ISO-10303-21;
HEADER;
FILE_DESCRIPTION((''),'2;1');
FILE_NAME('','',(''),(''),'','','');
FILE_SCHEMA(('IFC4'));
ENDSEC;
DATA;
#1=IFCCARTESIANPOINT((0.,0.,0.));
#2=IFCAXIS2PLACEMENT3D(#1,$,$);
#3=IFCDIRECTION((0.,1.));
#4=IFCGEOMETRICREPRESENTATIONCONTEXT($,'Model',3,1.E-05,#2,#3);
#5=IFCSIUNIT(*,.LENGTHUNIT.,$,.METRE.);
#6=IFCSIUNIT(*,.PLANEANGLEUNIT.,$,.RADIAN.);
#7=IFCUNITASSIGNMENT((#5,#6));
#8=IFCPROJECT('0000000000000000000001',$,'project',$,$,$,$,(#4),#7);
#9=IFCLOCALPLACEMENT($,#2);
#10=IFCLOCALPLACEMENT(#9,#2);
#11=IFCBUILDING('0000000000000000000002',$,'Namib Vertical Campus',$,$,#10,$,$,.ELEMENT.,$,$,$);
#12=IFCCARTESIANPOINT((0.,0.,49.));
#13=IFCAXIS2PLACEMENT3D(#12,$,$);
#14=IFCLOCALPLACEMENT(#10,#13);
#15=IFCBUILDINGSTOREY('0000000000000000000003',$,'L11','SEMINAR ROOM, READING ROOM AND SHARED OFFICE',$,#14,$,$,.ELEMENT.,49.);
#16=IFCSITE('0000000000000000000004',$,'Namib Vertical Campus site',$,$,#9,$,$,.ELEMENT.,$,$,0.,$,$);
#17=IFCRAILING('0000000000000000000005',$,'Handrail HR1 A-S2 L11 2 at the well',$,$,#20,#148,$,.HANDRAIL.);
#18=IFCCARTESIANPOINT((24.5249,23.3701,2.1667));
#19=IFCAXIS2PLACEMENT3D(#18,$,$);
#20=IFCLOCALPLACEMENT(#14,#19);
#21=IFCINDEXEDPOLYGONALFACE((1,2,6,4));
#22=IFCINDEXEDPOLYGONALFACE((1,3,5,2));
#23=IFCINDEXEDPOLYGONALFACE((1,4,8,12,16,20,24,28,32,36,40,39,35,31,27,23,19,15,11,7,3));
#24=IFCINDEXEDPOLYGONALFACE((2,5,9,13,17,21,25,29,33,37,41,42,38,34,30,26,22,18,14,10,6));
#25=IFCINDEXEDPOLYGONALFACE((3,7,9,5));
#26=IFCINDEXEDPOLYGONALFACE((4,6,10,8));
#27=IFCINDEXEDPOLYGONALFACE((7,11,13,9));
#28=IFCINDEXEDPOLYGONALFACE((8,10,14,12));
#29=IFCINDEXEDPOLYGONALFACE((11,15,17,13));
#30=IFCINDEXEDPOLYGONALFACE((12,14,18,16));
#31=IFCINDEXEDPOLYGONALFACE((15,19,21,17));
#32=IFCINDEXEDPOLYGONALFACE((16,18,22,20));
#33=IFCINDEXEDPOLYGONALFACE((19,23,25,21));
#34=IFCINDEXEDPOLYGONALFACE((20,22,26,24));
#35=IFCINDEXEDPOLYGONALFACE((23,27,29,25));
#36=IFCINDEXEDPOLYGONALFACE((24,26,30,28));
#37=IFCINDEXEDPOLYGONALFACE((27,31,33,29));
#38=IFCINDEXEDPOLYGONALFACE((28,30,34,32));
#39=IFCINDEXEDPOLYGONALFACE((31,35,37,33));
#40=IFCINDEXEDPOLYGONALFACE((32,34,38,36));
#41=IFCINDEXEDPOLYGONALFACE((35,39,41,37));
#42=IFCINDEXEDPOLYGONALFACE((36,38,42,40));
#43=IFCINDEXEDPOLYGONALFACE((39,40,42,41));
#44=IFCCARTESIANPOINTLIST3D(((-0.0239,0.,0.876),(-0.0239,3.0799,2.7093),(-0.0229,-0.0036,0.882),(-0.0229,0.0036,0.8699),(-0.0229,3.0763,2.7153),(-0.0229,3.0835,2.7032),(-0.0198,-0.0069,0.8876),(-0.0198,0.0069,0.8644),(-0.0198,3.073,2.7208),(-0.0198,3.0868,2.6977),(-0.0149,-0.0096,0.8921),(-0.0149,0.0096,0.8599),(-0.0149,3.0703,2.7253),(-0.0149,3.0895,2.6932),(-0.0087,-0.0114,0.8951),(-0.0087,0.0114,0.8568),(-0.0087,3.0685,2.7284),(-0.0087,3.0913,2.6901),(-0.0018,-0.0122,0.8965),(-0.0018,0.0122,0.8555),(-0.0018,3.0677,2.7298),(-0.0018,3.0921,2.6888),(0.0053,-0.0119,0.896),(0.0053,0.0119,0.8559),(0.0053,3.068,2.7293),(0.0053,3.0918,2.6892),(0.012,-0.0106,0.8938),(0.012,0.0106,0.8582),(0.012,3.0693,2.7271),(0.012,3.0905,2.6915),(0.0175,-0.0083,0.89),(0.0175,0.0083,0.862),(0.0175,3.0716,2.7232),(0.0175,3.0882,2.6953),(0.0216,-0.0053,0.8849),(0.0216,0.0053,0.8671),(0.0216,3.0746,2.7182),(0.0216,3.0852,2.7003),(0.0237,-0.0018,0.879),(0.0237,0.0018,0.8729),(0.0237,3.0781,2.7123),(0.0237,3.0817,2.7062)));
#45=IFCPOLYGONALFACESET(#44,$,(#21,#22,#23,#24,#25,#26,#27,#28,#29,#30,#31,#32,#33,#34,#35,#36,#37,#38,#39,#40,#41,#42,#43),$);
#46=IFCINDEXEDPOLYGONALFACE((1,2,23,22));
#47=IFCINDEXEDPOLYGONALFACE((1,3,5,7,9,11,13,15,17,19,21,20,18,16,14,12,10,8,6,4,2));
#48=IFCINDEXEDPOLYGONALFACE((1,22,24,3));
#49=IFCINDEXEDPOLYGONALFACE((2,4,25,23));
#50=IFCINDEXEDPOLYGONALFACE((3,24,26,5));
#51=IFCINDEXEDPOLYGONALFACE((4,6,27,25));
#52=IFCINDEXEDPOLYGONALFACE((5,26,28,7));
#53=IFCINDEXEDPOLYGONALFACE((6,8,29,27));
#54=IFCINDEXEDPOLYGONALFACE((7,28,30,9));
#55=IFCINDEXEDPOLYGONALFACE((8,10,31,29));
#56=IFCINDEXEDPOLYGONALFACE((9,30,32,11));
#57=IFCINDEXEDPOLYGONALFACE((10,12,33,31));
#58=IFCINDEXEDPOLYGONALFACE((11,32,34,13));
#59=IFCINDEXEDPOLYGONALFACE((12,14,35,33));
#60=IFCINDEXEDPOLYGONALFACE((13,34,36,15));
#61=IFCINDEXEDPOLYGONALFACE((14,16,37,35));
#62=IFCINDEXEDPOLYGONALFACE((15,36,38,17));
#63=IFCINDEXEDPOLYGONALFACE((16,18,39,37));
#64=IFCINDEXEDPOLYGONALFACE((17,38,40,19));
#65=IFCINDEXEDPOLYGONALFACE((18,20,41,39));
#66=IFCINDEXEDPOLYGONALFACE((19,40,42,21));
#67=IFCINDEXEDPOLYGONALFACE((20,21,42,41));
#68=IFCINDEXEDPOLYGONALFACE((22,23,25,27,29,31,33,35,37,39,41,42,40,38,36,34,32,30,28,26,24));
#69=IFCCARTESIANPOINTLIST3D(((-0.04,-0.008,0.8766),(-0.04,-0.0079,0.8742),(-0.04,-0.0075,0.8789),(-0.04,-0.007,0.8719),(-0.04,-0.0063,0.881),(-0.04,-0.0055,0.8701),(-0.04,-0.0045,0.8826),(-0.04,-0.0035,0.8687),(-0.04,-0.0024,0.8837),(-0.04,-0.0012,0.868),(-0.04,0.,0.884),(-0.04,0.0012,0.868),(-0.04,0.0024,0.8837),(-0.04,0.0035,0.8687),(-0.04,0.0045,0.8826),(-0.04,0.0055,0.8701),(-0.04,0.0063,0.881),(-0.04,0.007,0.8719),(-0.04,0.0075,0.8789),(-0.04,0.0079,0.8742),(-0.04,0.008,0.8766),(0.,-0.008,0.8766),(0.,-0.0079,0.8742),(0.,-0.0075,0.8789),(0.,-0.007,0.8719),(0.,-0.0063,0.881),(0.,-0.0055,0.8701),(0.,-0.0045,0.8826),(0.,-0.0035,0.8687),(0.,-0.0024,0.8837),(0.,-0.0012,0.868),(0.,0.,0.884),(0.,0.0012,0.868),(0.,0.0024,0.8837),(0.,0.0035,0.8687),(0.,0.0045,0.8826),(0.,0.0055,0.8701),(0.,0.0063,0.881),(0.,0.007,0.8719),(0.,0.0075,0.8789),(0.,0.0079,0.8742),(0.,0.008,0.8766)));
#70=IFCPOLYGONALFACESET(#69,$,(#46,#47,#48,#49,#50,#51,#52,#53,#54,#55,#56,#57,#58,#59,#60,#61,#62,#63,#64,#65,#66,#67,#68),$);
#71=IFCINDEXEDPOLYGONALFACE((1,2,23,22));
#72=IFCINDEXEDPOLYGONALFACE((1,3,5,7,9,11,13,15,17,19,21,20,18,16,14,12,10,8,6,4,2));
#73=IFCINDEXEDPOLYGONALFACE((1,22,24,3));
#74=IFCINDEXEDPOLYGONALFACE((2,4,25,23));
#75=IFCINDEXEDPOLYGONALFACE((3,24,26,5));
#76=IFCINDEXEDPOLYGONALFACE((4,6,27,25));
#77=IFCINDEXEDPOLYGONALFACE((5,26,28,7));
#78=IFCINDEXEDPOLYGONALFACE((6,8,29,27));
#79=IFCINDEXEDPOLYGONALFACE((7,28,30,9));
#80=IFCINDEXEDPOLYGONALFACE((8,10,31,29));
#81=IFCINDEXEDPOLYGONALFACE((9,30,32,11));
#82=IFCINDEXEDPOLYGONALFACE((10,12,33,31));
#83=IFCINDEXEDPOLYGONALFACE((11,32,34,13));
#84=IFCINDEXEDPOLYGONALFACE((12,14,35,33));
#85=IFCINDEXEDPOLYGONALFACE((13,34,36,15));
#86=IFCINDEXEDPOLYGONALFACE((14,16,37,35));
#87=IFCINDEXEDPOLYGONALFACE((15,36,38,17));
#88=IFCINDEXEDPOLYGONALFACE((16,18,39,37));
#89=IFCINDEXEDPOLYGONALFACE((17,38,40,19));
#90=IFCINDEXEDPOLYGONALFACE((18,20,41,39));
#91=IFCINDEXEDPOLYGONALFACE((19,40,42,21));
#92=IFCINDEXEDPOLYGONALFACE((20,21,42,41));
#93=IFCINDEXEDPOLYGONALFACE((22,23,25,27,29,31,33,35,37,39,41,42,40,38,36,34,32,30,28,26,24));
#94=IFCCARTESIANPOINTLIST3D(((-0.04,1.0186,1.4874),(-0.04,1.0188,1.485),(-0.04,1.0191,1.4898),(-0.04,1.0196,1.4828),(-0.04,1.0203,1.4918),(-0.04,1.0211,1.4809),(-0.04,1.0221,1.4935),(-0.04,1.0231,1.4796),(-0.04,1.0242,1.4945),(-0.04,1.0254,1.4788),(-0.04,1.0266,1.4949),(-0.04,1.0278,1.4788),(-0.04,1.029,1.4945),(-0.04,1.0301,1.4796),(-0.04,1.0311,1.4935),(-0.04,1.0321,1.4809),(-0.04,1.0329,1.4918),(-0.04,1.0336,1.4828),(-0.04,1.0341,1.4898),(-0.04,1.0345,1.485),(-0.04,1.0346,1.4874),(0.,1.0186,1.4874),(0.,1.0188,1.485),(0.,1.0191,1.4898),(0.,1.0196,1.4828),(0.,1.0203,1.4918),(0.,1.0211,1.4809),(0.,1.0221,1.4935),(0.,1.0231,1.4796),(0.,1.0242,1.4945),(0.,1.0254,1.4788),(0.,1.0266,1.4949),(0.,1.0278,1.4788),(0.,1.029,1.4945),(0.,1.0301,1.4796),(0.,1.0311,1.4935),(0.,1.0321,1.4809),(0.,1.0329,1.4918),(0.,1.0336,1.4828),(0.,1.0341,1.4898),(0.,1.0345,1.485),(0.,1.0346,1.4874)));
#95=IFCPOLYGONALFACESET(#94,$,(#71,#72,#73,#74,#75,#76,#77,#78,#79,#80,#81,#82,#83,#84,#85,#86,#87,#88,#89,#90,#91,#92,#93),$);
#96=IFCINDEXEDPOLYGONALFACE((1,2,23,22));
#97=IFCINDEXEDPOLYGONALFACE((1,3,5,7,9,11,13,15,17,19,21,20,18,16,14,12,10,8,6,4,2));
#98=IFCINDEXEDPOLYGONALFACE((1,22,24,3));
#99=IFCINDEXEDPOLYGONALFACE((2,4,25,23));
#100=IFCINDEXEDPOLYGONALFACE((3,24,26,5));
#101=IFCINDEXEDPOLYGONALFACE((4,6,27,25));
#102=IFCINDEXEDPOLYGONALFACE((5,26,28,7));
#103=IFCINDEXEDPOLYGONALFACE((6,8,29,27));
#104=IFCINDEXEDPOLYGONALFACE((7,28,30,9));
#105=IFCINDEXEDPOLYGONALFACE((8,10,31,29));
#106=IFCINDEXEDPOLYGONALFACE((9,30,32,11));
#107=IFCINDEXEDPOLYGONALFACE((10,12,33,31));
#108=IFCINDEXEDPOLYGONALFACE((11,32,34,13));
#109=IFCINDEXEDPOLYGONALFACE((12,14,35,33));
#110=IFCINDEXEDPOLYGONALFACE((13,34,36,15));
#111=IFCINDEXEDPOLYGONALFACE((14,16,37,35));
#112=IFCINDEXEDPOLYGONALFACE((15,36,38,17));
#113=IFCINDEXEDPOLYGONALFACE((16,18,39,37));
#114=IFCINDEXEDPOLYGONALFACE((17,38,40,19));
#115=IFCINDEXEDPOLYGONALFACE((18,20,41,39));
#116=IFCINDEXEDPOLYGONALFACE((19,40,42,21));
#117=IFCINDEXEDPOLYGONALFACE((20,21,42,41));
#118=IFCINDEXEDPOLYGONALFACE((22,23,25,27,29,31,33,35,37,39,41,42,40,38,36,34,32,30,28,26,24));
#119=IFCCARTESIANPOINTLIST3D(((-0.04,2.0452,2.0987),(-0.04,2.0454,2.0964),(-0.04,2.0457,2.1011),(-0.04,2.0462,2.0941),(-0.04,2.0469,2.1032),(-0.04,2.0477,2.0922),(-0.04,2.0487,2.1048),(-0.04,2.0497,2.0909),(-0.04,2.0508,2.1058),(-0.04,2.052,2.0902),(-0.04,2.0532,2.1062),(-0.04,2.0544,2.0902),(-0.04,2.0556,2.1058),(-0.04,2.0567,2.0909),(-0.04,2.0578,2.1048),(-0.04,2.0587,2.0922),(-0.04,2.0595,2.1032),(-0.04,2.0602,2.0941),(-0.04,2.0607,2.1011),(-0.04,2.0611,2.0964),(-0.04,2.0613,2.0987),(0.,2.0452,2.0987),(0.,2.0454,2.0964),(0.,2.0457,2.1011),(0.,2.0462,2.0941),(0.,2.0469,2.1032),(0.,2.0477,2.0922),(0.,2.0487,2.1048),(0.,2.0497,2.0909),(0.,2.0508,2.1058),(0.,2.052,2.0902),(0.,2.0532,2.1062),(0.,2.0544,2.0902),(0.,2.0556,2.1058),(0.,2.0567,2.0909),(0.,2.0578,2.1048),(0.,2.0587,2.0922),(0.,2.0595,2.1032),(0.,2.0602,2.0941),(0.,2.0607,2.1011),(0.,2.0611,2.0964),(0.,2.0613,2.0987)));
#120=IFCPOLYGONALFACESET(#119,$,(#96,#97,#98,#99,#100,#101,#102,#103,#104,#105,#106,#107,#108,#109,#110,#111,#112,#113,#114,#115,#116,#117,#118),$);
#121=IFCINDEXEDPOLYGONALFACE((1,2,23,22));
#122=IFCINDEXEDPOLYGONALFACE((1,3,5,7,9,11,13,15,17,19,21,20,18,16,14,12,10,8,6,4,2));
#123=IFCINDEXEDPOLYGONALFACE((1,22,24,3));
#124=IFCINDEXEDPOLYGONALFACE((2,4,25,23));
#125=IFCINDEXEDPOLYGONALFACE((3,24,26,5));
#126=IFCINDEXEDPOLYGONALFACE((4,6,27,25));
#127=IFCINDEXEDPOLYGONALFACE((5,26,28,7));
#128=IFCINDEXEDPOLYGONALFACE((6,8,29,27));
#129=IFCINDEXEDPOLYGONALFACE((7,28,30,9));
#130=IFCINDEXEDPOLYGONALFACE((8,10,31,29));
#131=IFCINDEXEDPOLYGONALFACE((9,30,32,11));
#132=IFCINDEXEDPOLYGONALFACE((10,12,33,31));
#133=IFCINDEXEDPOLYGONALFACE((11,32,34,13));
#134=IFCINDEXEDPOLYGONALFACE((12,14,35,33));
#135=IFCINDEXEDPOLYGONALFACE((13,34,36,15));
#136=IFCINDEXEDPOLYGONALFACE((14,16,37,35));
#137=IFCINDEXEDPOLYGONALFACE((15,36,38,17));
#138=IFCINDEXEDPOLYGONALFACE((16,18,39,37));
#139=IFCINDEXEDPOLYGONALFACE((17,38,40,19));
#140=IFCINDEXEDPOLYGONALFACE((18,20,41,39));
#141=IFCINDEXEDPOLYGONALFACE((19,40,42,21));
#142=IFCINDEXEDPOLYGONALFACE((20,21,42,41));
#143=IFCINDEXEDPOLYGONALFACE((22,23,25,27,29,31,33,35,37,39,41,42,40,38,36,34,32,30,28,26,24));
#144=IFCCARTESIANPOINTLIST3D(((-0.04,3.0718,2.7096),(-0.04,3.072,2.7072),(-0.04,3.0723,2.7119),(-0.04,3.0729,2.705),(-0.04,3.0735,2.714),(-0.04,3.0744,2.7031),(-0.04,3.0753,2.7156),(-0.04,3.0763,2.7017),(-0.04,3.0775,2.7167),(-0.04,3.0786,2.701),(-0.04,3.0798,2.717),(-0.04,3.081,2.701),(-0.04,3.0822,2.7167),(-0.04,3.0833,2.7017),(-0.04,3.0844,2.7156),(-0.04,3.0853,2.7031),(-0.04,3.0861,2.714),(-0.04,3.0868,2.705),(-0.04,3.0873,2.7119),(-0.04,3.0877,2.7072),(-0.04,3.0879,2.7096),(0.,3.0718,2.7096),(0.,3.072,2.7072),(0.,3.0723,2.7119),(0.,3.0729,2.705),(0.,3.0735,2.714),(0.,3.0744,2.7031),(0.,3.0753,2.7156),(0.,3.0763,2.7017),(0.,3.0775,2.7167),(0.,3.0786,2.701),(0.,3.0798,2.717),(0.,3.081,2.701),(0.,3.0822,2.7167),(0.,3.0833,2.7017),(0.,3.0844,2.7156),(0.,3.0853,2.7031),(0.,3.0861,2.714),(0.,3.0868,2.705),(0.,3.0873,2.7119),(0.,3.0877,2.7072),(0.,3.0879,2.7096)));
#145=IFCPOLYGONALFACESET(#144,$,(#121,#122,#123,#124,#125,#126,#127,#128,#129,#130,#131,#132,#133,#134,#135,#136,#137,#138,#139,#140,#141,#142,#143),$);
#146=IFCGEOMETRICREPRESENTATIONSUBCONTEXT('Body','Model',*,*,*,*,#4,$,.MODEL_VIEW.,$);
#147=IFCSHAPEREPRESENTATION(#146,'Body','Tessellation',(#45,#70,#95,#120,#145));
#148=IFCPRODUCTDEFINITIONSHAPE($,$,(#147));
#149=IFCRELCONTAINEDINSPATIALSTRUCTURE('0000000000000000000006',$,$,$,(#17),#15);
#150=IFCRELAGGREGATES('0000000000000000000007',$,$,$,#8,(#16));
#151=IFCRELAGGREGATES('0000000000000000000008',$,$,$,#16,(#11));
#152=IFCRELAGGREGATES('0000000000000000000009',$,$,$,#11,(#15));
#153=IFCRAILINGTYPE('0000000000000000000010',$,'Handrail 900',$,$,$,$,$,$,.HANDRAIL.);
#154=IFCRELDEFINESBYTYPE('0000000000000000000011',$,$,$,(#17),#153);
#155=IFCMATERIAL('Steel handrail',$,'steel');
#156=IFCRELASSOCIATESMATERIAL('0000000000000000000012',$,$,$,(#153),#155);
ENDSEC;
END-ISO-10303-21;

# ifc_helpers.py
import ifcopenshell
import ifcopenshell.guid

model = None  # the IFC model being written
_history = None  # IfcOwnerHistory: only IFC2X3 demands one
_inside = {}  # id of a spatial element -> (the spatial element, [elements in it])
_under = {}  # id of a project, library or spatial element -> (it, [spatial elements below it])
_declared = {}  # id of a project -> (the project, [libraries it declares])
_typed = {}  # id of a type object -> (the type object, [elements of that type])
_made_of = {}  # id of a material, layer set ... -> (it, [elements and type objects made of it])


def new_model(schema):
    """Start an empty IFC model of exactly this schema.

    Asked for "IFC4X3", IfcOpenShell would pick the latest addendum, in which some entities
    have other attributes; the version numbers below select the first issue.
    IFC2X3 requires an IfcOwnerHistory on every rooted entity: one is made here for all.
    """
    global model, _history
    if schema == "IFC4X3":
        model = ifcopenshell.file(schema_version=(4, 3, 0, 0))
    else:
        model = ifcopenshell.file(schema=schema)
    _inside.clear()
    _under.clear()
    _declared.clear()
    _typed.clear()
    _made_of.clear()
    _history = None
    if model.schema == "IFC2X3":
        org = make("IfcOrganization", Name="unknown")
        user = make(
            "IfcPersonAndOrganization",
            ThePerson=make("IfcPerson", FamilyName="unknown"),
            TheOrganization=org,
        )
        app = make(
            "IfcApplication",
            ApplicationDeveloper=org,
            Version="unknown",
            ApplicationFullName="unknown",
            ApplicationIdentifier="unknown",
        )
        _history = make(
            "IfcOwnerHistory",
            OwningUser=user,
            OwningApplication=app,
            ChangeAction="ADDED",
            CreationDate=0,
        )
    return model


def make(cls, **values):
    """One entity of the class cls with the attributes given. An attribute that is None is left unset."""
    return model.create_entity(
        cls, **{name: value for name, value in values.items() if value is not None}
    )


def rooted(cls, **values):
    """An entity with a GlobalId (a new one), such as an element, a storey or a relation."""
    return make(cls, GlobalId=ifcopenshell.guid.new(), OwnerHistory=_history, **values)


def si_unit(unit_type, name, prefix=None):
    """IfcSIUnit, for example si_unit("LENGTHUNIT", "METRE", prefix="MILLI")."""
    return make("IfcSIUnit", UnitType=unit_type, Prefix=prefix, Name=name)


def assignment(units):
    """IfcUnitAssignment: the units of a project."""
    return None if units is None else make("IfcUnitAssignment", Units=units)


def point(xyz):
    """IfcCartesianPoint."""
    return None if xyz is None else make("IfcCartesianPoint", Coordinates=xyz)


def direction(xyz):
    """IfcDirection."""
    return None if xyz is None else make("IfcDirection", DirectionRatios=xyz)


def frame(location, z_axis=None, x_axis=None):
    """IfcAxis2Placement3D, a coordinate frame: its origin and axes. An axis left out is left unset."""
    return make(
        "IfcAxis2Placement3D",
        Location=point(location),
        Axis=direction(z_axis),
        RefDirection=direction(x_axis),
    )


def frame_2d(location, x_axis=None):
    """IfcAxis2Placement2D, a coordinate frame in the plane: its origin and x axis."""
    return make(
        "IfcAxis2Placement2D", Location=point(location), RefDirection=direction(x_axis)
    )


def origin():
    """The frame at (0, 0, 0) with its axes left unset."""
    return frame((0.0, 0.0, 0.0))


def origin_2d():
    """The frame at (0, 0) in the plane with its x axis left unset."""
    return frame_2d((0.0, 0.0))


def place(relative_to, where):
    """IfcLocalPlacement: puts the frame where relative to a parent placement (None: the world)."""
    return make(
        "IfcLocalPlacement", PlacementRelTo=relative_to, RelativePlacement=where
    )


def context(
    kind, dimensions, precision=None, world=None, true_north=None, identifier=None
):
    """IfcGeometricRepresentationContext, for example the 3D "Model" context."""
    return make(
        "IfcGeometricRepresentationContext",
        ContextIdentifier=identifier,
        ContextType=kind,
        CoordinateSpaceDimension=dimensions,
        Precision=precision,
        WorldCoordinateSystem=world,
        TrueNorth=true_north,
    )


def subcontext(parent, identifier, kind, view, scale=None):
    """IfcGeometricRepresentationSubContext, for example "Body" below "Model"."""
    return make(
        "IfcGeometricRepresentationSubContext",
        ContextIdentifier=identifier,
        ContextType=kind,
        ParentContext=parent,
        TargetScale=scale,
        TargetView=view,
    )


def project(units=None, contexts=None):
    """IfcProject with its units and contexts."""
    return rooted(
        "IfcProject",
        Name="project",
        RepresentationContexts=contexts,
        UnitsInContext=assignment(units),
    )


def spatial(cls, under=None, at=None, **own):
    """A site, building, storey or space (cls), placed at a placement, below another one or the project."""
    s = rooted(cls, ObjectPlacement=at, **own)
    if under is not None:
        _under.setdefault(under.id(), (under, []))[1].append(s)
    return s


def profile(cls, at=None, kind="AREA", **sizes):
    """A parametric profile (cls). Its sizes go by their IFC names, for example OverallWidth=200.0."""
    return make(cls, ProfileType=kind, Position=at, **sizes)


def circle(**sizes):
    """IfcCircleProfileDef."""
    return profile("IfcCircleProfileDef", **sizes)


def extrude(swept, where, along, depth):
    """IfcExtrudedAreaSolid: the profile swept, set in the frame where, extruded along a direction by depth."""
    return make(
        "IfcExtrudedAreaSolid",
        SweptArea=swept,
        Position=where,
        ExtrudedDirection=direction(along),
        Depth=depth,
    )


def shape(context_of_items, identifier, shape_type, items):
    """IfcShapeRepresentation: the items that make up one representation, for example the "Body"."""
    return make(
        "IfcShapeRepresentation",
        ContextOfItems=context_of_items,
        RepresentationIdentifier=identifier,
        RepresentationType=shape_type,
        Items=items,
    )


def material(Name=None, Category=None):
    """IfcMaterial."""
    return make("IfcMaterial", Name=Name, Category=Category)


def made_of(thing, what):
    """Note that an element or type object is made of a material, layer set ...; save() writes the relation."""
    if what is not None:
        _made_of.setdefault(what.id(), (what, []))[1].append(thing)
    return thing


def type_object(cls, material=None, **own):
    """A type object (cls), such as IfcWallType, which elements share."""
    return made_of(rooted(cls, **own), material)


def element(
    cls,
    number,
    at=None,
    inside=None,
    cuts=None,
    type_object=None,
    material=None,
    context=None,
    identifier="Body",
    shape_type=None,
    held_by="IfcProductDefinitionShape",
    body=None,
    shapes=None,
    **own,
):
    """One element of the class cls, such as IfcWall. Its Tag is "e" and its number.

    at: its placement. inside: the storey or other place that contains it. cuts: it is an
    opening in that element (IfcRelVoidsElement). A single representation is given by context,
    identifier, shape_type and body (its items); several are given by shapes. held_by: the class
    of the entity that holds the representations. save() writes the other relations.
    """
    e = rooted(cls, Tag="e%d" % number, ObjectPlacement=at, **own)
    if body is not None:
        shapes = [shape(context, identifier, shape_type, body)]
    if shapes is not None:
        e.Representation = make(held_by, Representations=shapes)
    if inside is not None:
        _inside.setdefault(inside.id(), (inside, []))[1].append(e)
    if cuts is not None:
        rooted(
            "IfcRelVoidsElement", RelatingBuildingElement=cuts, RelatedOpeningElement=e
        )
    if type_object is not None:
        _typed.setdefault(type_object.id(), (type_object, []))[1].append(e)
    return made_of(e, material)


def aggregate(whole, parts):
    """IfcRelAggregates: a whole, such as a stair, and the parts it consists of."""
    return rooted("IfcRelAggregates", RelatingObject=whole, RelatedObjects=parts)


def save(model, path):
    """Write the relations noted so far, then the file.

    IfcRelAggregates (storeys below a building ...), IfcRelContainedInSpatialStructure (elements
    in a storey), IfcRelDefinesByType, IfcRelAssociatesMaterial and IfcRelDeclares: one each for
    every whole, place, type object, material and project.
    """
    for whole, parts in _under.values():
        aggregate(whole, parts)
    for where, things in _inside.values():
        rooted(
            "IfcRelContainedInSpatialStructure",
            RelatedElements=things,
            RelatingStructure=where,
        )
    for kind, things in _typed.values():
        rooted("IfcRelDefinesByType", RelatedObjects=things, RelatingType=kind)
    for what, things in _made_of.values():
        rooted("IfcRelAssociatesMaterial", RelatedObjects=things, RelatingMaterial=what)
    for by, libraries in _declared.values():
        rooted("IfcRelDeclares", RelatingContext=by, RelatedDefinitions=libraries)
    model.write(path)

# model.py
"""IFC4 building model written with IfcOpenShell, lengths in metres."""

from ifc_helpers import new_model, si_unit, direction, frame, origin, origin_2d, place, context, subcontext, project, spatial, circle, extrude, material, type_object, element, save


model = new_model("IFC4")

# Units and contexts
model_context = context("Model", 3, precision=1e-05, world=origin(), true_north=direction((0.0, 1.0)))
body_context = subcontext(model_context, "Body", "Model", "MODEL_VIEW")
ifc_project = project(units=[si_unit("LENGTHUNIT", "METRE"), si_unit("PLANEANGLEUNIT", "RADIAN")], contexts=[model_context])

# Site, building, storey
site_placement = place(None, origin())
site = spatial("IfcSite", under=ifc_project, at=site_placement, Name="Namib Vertical Campus site", CompositionType="ELEMENT", RefElevation=0.0)
building_placement = place(site_placement, origin())
building = spatial("IfcBuilding", under=site, at=building_placement, Name="Namib Vertical Campus", CompositionType="ELEMENT")
storey_placement = place(building_placement, frame((0.0, 0.0, 49.0)))
storey = spatial("IfcBuildingStorey", under=building, at=storey_placement, Name="L11", Description="SEMINAR ROOM, READING ROOM AND SHARED OFFICE", CompositionType="ELEMENT", Elevation=49.0)

# Railing
ifc_material_1 = material(Name="Steel handrail", Category="steel")
railing_type_1 = type_object("IfcRailingType", Name="Handrail 900", PredefinedType="HANDRAIL", material=ifc_material_1)
railing_1_placement = place(storey_placement, frame((24.5249, 23.3701, 2.1667)))
element("IfcRailing", 1, at=railing_1_placement, inside=storey, type_object=railing_type_1, Name="Handrail HR1 A-S2 L11 2 at the well", PredefinedType="HANDRAIL", context=body_context, shape_type="SweptSolid", body=[
    extrude(circle(Radius=0.0239, at=origin_2d()), frame((0.0, 0.0, 0.876), z_axis=(0.0, 0.859291, 0.511487), x_axis=(-1.0, 0.0, 0.0)), (0.0, 0.0, 1.0), 3.5842),
    extrude(circle(Radius=0.0081, at=origin_2d()), frame((0.0, 0.0, 0.876), z_axis=(-1.0, 0.0, 0.0), x_axis=(0.0, 0.0, 1.0)), (0.0, 0.0, 1.0), 0.04),
    extrude(circle(Radius=0.0081, at=origin_2d()), frame((0.0, 1.0266, 1.4868), z_axis=(-1.0, 0.0, 0.0), x_axis=(0.0, 0.0, 1.0)), (0.0, 0.0, 1.0), 0.04),
    extrude(circle(Radius=0.0081, at=origin_2d()), frame((0.0, 2.0532, 2.0981), z_axis=(-1.0, 0.0, 0.0), x_axis=(0.0, 0.0, 1.0)), (0.0, 0.0, 1.0), 0.04),
    extrude(circle(Radius=0.0081, at=origin_2d()), frame((0.0, 3.0798, 2.709), z_axis=(-1.0, 0.0, 0.0), x_axis=(0.0, 0.0, 1.0)), (0.0, 0.0, 1.0), 0.04),
])

save(model, "model.ifc")
